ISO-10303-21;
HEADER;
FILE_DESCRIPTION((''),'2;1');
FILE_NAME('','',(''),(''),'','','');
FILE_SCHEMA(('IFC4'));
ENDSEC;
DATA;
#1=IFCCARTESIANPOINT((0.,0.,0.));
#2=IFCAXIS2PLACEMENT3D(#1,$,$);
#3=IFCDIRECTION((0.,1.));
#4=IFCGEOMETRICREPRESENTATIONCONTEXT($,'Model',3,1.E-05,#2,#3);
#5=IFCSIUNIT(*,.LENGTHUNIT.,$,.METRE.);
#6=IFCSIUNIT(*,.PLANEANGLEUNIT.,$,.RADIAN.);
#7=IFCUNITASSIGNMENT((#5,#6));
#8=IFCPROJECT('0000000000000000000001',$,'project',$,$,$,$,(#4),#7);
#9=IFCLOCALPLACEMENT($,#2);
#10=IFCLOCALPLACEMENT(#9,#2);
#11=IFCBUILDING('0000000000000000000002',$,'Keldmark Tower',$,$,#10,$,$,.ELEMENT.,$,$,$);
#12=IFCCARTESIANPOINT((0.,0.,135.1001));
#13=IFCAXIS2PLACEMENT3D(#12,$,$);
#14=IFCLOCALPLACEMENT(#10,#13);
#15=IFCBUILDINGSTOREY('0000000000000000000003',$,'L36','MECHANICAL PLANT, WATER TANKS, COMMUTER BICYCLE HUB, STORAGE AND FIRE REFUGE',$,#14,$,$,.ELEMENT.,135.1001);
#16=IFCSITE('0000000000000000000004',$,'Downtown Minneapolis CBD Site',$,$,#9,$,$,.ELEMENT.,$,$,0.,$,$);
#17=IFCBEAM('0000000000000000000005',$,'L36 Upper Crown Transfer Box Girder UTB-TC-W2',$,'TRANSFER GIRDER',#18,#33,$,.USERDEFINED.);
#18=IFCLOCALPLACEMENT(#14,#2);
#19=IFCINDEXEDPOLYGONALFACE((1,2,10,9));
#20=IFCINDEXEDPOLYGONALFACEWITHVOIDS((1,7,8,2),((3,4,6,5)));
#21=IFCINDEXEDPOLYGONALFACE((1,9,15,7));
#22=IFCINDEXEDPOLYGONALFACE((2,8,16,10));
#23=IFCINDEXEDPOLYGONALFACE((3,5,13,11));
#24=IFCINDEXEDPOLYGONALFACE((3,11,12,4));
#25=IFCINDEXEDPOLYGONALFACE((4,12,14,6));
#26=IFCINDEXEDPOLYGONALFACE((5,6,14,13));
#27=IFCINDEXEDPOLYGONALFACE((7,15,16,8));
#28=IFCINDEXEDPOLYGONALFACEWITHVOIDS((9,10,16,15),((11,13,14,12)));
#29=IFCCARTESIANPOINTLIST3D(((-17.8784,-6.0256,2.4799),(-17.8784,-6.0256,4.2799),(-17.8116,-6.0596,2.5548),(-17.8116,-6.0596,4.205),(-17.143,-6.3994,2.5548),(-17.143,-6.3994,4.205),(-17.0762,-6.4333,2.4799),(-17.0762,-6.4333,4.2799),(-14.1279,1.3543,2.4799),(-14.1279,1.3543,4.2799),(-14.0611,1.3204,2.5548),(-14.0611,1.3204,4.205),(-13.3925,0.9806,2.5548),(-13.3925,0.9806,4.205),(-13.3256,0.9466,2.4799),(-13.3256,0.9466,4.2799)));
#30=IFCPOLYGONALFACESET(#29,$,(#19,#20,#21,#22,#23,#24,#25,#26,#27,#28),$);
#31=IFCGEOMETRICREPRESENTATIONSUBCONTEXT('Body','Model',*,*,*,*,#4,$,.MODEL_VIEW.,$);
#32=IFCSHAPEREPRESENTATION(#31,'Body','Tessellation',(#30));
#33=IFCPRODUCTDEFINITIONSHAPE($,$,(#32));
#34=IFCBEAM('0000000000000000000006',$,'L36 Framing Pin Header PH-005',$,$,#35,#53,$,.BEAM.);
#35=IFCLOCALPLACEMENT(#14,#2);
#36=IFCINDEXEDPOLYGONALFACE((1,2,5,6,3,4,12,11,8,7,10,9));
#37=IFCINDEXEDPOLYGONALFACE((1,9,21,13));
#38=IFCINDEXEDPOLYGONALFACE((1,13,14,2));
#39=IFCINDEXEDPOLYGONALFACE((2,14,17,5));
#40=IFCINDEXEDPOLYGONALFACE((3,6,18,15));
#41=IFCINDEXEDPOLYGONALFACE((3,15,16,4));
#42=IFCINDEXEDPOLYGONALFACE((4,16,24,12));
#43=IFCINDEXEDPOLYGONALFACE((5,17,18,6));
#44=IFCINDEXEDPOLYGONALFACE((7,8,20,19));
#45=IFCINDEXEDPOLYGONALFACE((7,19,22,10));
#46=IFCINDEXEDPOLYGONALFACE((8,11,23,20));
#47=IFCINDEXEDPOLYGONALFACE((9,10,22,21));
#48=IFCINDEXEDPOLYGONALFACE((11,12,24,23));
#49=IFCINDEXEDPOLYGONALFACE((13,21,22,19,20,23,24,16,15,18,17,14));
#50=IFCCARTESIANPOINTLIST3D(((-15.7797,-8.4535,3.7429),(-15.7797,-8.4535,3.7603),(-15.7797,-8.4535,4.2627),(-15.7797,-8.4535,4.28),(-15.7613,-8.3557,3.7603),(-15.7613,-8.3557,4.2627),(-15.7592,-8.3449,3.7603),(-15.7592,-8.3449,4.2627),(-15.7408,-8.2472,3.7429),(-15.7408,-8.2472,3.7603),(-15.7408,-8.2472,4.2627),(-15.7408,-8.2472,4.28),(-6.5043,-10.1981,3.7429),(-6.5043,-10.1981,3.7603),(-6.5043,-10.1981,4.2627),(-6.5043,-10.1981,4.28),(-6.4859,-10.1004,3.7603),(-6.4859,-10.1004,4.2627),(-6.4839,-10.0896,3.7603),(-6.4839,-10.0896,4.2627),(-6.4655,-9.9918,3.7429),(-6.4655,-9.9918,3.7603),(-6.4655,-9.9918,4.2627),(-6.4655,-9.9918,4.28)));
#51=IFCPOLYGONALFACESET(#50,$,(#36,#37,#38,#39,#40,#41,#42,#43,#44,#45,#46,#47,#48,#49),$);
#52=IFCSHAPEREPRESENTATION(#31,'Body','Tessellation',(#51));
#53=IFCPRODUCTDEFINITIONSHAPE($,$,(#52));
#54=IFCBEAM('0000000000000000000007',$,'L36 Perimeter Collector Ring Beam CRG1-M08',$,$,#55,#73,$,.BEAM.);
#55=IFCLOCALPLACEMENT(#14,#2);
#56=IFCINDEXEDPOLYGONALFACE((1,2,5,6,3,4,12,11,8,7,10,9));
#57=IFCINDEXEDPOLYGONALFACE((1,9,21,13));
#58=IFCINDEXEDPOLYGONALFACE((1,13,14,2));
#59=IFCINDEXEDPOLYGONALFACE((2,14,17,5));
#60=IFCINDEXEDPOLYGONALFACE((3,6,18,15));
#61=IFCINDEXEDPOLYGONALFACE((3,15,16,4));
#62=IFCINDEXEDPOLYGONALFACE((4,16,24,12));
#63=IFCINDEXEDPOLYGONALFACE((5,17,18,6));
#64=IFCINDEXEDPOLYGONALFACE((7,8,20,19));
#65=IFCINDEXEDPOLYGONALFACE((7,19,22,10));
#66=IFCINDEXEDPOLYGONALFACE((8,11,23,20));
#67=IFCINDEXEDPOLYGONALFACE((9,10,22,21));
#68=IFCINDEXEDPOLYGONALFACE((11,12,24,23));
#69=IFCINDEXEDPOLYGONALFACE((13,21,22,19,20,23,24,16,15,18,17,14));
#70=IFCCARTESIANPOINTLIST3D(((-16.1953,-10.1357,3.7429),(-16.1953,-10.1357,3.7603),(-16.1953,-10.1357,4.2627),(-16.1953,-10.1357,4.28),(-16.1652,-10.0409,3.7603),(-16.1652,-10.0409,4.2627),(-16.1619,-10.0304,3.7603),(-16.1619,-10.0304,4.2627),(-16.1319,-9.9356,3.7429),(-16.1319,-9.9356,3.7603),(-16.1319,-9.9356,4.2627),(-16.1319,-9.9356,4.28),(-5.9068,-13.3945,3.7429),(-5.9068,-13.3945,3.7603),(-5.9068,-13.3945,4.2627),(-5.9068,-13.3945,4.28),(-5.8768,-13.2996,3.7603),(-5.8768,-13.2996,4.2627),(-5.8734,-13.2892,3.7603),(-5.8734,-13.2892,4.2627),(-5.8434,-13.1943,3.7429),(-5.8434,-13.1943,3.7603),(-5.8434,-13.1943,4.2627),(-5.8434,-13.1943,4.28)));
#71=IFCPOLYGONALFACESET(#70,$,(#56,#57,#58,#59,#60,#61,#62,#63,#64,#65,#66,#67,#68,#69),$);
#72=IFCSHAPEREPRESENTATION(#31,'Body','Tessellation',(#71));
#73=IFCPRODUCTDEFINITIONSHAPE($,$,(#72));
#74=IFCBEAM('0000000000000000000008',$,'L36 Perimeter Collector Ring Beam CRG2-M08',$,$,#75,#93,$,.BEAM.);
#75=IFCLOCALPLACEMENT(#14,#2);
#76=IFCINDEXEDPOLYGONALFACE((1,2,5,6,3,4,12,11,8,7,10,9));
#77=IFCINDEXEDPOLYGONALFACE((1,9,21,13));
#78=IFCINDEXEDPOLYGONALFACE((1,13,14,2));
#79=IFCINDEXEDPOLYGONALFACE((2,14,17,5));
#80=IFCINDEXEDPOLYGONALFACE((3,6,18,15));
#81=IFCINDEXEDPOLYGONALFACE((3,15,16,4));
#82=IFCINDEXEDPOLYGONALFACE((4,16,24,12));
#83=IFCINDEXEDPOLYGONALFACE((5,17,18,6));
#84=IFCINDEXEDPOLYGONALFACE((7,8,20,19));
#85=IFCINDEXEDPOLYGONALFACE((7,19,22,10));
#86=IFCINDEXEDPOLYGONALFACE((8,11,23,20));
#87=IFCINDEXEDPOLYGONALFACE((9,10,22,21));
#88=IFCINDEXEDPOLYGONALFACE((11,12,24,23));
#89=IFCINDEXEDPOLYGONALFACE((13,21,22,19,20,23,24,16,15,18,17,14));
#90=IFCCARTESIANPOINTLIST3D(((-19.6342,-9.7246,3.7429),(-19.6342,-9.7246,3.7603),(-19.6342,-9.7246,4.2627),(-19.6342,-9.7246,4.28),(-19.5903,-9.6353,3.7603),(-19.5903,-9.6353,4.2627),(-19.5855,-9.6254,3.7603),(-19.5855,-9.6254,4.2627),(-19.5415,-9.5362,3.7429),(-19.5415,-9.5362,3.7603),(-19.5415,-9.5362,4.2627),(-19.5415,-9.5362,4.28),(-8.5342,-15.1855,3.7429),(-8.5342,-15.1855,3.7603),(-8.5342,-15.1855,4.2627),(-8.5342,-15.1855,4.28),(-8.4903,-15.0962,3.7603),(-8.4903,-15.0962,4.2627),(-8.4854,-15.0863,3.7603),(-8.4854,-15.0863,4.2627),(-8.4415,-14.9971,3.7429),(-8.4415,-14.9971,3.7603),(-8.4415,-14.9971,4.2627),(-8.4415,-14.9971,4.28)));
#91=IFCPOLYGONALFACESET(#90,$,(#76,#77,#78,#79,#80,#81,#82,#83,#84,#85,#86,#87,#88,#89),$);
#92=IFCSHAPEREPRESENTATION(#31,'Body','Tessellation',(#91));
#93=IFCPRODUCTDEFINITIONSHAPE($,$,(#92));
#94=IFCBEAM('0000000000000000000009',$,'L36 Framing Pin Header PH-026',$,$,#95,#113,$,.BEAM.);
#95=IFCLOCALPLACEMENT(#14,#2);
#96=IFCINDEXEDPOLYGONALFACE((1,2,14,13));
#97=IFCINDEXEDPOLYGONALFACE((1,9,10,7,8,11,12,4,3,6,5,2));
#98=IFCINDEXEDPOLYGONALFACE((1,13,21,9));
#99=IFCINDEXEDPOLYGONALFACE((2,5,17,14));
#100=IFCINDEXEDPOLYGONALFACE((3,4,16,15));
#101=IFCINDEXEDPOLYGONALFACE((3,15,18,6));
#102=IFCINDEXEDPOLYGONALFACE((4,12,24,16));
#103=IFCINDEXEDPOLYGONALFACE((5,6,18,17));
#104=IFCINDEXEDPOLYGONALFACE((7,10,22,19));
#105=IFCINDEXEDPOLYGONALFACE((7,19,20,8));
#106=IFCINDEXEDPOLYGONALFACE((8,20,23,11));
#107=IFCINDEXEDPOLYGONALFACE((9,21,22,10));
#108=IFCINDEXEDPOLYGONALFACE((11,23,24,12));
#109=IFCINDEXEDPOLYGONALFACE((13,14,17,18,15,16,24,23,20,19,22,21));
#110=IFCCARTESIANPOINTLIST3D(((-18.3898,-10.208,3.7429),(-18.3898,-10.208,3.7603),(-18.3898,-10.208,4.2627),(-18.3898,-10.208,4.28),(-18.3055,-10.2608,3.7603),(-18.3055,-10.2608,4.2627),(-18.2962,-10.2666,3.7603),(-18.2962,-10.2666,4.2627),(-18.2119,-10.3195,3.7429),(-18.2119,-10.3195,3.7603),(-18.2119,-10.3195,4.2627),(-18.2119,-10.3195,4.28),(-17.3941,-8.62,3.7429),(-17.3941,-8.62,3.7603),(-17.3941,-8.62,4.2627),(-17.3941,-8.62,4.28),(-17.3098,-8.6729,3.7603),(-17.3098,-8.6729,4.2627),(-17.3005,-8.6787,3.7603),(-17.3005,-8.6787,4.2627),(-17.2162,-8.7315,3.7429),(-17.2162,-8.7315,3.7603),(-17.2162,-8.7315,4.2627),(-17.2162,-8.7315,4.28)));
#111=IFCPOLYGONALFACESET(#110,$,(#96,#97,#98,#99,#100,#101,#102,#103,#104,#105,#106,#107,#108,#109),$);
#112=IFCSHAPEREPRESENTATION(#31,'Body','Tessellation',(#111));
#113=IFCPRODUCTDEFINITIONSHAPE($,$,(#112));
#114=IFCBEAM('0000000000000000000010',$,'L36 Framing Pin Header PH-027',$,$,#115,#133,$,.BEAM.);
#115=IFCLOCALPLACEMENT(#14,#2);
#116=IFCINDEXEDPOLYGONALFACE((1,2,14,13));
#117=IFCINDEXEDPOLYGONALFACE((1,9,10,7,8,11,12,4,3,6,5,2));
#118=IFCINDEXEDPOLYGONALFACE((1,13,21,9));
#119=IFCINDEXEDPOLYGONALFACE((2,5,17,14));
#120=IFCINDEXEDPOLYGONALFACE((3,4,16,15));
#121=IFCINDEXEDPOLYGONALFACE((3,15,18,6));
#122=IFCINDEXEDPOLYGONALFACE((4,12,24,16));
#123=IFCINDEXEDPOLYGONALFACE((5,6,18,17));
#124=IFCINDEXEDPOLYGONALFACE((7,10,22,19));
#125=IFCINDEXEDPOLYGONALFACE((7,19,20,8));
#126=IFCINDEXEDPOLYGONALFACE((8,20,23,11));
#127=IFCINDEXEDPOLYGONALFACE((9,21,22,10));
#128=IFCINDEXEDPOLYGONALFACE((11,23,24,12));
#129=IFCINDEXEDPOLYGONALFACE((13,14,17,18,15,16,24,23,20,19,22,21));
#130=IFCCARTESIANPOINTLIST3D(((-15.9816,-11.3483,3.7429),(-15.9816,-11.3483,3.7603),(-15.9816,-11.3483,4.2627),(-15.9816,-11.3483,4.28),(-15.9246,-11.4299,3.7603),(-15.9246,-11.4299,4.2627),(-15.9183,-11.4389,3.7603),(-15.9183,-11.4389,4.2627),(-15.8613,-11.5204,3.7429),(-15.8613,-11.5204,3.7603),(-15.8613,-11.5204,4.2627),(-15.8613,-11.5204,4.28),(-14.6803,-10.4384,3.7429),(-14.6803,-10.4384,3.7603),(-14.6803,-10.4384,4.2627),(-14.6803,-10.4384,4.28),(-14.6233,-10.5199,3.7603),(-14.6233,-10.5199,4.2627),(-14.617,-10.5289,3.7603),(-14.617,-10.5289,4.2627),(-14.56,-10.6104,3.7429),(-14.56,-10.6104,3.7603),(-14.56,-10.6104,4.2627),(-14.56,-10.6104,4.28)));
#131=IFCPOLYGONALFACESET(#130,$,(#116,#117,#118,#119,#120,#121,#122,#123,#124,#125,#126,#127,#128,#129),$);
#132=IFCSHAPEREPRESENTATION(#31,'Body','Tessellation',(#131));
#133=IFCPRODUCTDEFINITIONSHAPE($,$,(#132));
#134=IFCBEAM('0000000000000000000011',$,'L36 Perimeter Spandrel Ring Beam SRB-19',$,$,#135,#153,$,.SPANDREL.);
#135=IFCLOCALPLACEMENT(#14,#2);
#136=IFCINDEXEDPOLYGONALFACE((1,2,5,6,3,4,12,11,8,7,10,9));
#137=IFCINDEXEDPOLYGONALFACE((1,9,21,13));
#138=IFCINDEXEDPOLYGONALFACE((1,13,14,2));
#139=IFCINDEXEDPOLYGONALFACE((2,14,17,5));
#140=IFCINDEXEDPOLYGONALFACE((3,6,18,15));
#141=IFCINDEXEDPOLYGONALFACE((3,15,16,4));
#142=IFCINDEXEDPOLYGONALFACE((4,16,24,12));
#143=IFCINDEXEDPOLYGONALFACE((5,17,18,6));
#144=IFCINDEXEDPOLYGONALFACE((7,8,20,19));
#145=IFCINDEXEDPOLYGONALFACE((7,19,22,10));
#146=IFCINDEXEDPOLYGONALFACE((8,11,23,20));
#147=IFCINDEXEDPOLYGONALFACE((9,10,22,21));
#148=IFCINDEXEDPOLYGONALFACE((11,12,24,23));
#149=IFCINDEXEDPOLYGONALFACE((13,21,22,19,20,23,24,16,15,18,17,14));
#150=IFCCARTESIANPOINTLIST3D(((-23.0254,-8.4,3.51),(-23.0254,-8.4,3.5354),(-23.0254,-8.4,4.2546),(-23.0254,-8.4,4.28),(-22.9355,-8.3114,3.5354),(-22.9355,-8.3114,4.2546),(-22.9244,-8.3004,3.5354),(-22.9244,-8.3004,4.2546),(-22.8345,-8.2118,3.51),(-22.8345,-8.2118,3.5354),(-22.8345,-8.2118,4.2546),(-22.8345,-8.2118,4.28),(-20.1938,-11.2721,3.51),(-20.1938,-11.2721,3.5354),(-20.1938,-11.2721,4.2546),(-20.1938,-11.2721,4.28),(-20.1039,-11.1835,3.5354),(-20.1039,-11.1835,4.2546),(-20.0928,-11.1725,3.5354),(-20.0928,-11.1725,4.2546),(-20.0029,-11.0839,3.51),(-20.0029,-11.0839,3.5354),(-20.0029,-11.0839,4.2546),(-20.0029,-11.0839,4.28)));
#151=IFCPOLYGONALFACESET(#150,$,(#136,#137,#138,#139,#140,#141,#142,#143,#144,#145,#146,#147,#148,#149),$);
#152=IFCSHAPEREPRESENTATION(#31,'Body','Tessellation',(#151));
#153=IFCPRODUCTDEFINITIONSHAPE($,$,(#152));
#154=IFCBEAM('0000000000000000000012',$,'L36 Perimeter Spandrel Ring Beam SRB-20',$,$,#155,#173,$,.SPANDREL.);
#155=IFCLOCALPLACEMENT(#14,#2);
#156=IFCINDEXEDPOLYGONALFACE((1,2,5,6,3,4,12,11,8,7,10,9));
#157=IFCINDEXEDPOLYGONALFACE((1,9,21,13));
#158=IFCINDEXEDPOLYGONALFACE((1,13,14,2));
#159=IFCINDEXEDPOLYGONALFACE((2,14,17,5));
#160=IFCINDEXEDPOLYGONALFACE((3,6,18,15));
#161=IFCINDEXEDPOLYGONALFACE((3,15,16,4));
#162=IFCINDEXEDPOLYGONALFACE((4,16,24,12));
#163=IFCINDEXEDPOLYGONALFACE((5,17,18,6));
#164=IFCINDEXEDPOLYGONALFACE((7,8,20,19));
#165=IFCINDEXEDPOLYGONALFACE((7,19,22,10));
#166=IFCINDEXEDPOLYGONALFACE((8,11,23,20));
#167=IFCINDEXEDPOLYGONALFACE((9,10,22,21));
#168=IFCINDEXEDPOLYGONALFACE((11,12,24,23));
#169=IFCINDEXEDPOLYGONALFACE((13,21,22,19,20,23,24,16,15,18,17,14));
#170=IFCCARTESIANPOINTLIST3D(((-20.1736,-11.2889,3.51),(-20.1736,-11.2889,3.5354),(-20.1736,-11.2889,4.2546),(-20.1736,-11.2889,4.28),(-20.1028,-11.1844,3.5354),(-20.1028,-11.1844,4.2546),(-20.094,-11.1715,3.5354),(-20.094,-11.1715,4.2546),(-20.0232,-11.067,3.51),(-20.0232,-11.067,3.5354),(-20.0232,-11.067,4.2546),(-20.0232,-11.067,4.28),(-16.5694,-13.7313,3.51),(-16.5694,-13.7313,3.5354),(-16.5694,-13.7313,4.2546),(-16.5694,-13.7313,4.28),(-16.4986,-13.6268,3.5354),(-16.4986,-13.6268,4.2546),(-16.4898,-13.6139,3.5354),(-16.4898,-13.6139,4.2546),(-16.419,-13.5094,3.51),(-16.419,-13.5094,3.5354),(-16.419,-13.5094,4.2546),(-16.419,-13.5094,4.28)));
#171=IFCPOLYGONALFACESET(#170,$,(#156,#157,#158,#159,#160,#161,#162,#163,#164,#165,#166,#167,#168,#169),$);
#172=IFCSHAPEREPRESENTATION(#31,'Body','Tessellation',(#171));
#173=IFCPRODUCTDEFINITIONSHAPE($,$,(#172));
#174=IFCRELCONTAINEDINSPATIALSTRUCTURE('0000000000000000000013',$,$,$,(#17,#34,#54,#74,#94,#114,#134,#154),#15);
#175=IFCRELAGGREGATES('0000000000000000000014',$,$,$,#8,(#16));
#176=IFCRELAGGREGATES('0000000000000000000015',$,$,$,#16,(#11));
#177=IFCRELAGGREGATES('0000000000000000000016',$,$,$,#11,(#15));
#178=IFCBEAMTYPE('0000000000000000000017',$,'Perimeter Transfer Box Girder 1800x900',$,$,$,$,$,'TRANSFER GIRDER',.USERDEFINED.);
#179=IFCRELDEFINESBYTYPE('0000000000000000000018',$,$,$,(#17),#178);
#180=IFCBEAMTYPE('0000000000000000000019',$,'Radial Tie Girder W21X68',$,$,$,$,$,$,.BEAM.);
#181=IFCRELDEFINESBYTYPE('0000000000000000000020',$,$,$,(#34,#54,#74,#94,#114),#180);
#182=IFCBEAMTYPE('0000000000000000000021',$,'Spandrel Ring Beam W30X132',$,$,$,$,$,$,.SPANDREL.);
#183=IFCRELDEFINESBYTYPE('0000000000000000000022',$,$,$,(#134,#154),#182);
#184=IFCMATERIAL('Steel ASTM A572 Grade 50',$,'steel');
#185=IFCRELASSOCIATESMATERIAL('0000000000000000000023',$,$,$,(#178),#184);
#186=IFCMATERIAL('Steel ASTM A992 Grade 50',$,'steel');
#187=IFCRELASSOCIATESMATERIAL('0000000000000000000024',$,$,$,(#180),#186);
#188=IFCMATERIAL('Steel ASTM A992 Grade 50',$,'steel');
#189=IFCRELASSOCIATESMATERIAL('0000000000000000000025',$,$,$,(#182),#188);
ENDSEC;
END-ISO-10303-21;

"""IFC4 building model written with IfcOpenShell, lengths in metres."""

from ifc_helpers import new_model, si_unit, direction, frame, origin, origin_2d, place, context, subcontext, project, spatial, hollow_rectangle, i_section, extrude, material, material_profile, profile_set, type_object, element, save


model = new_model("IFC4")

# Units and contexts
model_context = context("Model", 3, precision=1e-05, world=origin(), true_north=direction((0.0, 1.0)))
body_context = subcontext(model_context, "Body", "Model", "MODEL_VIEW")
ifc_project = project(units=[si_unit("LENGTHUNIT", "METRE"), si_unit("PLANEANGLEUNIT", "RADIAN")], contexts=[model_context])

# Site, building, storey
site_placement = place(None, origin())
site = spatial("IfcSite", under=ifc_project, at=site_placement, Name="Downtown Minneapolis CBD Site", CompositionType="ELEMENT", RefElevation=0.0)
building_placement = place(site_placement, origin())
building = spatial("IfcBuilding", under=site, at=building_placement, Name="Keldmark Tower", CompositionType="ELEMENT")
storey_placement = place(building_placement, frame((0.0, 0.0, 135.1001)))
storey = spatial("IfcBuildingStorey", under=building, at=storey_placement, Name="L36", Description="MECHANICAL PLANT, WATER TANKS, COMMUTER BICYCLE HUB, STORAGE AND FIRE REFUGE", CompositionType="ELEMENT", Elevation=135.1001)

# Beams
ifc_material_1 = material(Name="Steel ASTM A572 Grade 50", Category="steel")
ifc_material_profile_1 = material_profile(ifc_material_1, hollow_rectangle(XDim=0.8999, YDim=1.8, WallThickness=0.075, at=origin_2d()), Name="TBOX1800X900X75")
ifc_profile_set_1 = profile_set([ifc_material_profile_1], Name="Steel ASTM A572 Grade 50")
beam_type_1 = type_object("IfcBeamType", Name="Perimeter Transfer Box Girder 1800x900", ElementType="TRANSFER GIRDER", PredefinedType="USERDEFINED", material=ifc_profile_set_1)
beam_1_placement = place(storey_placement, frame((-17.4773, -6.2295, 3.3799), z_axis=(0.453055, 0.891482, 0.0), x_axis=(-0.891482, 0.453055, 0.0)))
element("IfcBeam", 1, at=beam_1_placement, inside=storey, type_object=beam_type_1, Name="L36 Upper Crown Transfer Box Girder UTB-TC-W2", ObjectType="TRANSFER GIRDER", PredefinedType="USERDEFINED", context=body_context, shape_type="SweptSolid", body=[
    extrude(hollow_rectangle(XDim=0.8999, YDim=1.8, WallThickness=0.075, at=origin_2d()), origin(), (0.0, 0.0, 1.0), 8.2783),
])
ifc_material_2 = material(Name="Steel ASTM A992 Grade 50", Category="steel")
ifc_material_profile_2 = material_profile(ifc_material_2, i_section(OverallWidth=0.21, OverallDepth=0.5371, WebThickness=0.011, FlangeThickness=0.0173, at=origin_2d()), Name="W21X68")
ifc_profile_set_2 = profile_set([ifc_material_profile_2], Name="Steel ASTM A992 Grade 50")
beam_type_2 = type_object("IfcBeamType", Name="Radial Tie Girder W21X68", PredefinedType="BEAM", material=ifc_profile_set_2)
beam_2_placement = place(storey_placement, frame((-15.7603, -8.3503, 4.0115), z_axis=(0.982767, -0.184851, 0.0), x_axis=(0.184851, 0.982767, 0.0)))
element("IfcBeam", 2, at=beam_2_placement, inside=storey, type_object=beam_type_2, Name="L36 Framing Pin Header PH-005", PredefinedType="BEAM", context=body_context, shape_type="SweptSolid", body=[
    extrude(i_section(OverallWidth=0.21, OverallDepth=0.5371, WebThickness=0.011, FlangeThickness=0.0173, at=origin_2d()), origin(), (0.0, 0.0, 1.0), 9.438),
])
beam_3_placement = place(storey_placement, frame((-16.1636, -10.0356, 4.0115), z_axis=(0.953322, -0.301954, 0.0), x_axis=(0.301954, 0.953322, 0.0)))
element("IfcBeam", 3, at=beam_3_placement, inside=storey, type_object=beam_type_2, Name="L36 Perimeter Collector Ring Beam CRG1-M08", PredefinedType="BEAM", context=body_context, shape_type="SweptSolid", body=[
    extrude(i_section(OverallWidth=0.21, OverallDepth=0.5371, WebThickness=0.011, FlangeThickness=0.0173, at=origin_2d()), origin(), (0.0, 0.0, 1.0), 10.7922),
])
beam_4_placement = place(storey_placement, frame((-19.5879, -9.6304, 4.0115), z_axis=(0.89729, -0.441442, 0.0), x_axis=(0.441442, 0.89729, 0.0)))
element("IfcBeam", 4, at=beam_4_placement, inside=storey, type_object=beam_type_2, Name="L36 Perimeter Collector Ring Beam CRG2-M08", PredefinedType="BEAM", context=body_context, shape_type="SweptSolid", body=[
    extrude(i_section(OverallWidth=0.21, OverallDepth=0.5371, WebThickness=0.011, FlangeThickness=0.0173, at=origin_2d()), origin(), (0.0, 0.0, 1.0), 12.3706),
])
beam_5_placement = place(storey_placement, frame((-17.3052, -8.6758, 4.0115), z_axis=(-0.531216, -0.847236, 0.0), x_axis=(0.847236, -0.531216, 0.0)))
element("IfcBeam", 5, at=beam_5_placement, inside=storey, type_object=beam_type_2, Name="L36 Framing Pin Header PH-026", PredefinedType="BEAM", context=body_context, shape_type="SweptSolid", body=[
    extrude(i_section(OverallWidth=0.21, OverallDepth=0.5371, WebThickness=0.011, FlangeThickness=0.0173, at=origin_2d()), origin(), (0.0, 0.0, 1.0), 1.8743),
])
beam_6_placement = place(storey_placement, frame((-14.6201, -10.5244, 4.0115), z_axis=(-0.819521, -0.57305, 0.0), x_axis=(0.57305, -0.819521, 0.0)))
element("IfcBeam", 6, at=beam_6_placement, inside=storey, type_object=beam_type_2, Name="L36 Framing Pin Header PH-027", PredefinedType="BEAM", context=body_context, shape_type="SweptSolid", body=[
    extrude(i_section(OverallWidth=0.21, OverallDepth=0.5371, WebThickness=0.011, FlangeThickness=0.0173, at=origin_2d()), origin(), (0.0, 0.0, 1.0), 1.5879),
])
ifc_material_3 = material(Name="Steel ASTM A992 Grade 50", Category="steel")
ifc_material_profile_3 = material_profile(ifc_material_3, i_section(OverallWidth=0.2681, OverallDepth=0.77, WebThickness=0.0156, FlangeThickness=0.0254, at=origin_2d()), Name="W30X132")
ifc_profile_set_3 = profile_set([ifc_material_profile_3], Name="Steel ASTM A992 Grade 50")
beam_type_3 = type_object("IfcBeamType", Name="Spandrel Ring Beam W30X132", PredefinedType="SPANDREL", material=ifc_profile_set_3)
beam_7_placement = place(storey_placement, frame((-22.9299, -8.3059, 3.895), z_axis=(0.702065, -0.712113, 0.0), x_axis=(0.712113, 0.702065, 0.0)))
element("IfcBeam", 7, at=beam_7_placement, inside=storey, type_object=beam_type_3, Name="L36 Perimeter Spandrel Ring Beam SRB-19", PredefinedType="SPANDREL", context=body_context, shape_type="SweptSolid", body=[
    extrude(i_section(OverallWidth=0.2681, OverallDepth=0.77, WebThickness=0.0156, FlangeThickness=0.0254, at=origin_2d()), origin(), (0.0, 0.0, 1.0), 4.0332),
])
beam_8_placement = place(storey_placement, frame((-20.0984, -11.178, 3.895), z_axis=(0.827834, -0.560973, 0.0), x_axis=(0.560973, 0.827834, 0.0)))
element("IfcBeam", 8, at=beam_8_placement, inside=storey, type_object=beam_type_3, Name="L36 Perimeter Spandrel Ring Beam SRB-20", PredefinedType="SPANDREL", context=body_context, shape_type="SweptSolid", body=[
    extrude(i_section(OverallWidth=0.2681, OverallDepth=0.77, WebThickness=0.0156, FlangeThickness=0.0254, at=origin_2d()), origin(), (0.0, 0.0, 1.0), 4.3538),
])

save(model, "model.ifc")
